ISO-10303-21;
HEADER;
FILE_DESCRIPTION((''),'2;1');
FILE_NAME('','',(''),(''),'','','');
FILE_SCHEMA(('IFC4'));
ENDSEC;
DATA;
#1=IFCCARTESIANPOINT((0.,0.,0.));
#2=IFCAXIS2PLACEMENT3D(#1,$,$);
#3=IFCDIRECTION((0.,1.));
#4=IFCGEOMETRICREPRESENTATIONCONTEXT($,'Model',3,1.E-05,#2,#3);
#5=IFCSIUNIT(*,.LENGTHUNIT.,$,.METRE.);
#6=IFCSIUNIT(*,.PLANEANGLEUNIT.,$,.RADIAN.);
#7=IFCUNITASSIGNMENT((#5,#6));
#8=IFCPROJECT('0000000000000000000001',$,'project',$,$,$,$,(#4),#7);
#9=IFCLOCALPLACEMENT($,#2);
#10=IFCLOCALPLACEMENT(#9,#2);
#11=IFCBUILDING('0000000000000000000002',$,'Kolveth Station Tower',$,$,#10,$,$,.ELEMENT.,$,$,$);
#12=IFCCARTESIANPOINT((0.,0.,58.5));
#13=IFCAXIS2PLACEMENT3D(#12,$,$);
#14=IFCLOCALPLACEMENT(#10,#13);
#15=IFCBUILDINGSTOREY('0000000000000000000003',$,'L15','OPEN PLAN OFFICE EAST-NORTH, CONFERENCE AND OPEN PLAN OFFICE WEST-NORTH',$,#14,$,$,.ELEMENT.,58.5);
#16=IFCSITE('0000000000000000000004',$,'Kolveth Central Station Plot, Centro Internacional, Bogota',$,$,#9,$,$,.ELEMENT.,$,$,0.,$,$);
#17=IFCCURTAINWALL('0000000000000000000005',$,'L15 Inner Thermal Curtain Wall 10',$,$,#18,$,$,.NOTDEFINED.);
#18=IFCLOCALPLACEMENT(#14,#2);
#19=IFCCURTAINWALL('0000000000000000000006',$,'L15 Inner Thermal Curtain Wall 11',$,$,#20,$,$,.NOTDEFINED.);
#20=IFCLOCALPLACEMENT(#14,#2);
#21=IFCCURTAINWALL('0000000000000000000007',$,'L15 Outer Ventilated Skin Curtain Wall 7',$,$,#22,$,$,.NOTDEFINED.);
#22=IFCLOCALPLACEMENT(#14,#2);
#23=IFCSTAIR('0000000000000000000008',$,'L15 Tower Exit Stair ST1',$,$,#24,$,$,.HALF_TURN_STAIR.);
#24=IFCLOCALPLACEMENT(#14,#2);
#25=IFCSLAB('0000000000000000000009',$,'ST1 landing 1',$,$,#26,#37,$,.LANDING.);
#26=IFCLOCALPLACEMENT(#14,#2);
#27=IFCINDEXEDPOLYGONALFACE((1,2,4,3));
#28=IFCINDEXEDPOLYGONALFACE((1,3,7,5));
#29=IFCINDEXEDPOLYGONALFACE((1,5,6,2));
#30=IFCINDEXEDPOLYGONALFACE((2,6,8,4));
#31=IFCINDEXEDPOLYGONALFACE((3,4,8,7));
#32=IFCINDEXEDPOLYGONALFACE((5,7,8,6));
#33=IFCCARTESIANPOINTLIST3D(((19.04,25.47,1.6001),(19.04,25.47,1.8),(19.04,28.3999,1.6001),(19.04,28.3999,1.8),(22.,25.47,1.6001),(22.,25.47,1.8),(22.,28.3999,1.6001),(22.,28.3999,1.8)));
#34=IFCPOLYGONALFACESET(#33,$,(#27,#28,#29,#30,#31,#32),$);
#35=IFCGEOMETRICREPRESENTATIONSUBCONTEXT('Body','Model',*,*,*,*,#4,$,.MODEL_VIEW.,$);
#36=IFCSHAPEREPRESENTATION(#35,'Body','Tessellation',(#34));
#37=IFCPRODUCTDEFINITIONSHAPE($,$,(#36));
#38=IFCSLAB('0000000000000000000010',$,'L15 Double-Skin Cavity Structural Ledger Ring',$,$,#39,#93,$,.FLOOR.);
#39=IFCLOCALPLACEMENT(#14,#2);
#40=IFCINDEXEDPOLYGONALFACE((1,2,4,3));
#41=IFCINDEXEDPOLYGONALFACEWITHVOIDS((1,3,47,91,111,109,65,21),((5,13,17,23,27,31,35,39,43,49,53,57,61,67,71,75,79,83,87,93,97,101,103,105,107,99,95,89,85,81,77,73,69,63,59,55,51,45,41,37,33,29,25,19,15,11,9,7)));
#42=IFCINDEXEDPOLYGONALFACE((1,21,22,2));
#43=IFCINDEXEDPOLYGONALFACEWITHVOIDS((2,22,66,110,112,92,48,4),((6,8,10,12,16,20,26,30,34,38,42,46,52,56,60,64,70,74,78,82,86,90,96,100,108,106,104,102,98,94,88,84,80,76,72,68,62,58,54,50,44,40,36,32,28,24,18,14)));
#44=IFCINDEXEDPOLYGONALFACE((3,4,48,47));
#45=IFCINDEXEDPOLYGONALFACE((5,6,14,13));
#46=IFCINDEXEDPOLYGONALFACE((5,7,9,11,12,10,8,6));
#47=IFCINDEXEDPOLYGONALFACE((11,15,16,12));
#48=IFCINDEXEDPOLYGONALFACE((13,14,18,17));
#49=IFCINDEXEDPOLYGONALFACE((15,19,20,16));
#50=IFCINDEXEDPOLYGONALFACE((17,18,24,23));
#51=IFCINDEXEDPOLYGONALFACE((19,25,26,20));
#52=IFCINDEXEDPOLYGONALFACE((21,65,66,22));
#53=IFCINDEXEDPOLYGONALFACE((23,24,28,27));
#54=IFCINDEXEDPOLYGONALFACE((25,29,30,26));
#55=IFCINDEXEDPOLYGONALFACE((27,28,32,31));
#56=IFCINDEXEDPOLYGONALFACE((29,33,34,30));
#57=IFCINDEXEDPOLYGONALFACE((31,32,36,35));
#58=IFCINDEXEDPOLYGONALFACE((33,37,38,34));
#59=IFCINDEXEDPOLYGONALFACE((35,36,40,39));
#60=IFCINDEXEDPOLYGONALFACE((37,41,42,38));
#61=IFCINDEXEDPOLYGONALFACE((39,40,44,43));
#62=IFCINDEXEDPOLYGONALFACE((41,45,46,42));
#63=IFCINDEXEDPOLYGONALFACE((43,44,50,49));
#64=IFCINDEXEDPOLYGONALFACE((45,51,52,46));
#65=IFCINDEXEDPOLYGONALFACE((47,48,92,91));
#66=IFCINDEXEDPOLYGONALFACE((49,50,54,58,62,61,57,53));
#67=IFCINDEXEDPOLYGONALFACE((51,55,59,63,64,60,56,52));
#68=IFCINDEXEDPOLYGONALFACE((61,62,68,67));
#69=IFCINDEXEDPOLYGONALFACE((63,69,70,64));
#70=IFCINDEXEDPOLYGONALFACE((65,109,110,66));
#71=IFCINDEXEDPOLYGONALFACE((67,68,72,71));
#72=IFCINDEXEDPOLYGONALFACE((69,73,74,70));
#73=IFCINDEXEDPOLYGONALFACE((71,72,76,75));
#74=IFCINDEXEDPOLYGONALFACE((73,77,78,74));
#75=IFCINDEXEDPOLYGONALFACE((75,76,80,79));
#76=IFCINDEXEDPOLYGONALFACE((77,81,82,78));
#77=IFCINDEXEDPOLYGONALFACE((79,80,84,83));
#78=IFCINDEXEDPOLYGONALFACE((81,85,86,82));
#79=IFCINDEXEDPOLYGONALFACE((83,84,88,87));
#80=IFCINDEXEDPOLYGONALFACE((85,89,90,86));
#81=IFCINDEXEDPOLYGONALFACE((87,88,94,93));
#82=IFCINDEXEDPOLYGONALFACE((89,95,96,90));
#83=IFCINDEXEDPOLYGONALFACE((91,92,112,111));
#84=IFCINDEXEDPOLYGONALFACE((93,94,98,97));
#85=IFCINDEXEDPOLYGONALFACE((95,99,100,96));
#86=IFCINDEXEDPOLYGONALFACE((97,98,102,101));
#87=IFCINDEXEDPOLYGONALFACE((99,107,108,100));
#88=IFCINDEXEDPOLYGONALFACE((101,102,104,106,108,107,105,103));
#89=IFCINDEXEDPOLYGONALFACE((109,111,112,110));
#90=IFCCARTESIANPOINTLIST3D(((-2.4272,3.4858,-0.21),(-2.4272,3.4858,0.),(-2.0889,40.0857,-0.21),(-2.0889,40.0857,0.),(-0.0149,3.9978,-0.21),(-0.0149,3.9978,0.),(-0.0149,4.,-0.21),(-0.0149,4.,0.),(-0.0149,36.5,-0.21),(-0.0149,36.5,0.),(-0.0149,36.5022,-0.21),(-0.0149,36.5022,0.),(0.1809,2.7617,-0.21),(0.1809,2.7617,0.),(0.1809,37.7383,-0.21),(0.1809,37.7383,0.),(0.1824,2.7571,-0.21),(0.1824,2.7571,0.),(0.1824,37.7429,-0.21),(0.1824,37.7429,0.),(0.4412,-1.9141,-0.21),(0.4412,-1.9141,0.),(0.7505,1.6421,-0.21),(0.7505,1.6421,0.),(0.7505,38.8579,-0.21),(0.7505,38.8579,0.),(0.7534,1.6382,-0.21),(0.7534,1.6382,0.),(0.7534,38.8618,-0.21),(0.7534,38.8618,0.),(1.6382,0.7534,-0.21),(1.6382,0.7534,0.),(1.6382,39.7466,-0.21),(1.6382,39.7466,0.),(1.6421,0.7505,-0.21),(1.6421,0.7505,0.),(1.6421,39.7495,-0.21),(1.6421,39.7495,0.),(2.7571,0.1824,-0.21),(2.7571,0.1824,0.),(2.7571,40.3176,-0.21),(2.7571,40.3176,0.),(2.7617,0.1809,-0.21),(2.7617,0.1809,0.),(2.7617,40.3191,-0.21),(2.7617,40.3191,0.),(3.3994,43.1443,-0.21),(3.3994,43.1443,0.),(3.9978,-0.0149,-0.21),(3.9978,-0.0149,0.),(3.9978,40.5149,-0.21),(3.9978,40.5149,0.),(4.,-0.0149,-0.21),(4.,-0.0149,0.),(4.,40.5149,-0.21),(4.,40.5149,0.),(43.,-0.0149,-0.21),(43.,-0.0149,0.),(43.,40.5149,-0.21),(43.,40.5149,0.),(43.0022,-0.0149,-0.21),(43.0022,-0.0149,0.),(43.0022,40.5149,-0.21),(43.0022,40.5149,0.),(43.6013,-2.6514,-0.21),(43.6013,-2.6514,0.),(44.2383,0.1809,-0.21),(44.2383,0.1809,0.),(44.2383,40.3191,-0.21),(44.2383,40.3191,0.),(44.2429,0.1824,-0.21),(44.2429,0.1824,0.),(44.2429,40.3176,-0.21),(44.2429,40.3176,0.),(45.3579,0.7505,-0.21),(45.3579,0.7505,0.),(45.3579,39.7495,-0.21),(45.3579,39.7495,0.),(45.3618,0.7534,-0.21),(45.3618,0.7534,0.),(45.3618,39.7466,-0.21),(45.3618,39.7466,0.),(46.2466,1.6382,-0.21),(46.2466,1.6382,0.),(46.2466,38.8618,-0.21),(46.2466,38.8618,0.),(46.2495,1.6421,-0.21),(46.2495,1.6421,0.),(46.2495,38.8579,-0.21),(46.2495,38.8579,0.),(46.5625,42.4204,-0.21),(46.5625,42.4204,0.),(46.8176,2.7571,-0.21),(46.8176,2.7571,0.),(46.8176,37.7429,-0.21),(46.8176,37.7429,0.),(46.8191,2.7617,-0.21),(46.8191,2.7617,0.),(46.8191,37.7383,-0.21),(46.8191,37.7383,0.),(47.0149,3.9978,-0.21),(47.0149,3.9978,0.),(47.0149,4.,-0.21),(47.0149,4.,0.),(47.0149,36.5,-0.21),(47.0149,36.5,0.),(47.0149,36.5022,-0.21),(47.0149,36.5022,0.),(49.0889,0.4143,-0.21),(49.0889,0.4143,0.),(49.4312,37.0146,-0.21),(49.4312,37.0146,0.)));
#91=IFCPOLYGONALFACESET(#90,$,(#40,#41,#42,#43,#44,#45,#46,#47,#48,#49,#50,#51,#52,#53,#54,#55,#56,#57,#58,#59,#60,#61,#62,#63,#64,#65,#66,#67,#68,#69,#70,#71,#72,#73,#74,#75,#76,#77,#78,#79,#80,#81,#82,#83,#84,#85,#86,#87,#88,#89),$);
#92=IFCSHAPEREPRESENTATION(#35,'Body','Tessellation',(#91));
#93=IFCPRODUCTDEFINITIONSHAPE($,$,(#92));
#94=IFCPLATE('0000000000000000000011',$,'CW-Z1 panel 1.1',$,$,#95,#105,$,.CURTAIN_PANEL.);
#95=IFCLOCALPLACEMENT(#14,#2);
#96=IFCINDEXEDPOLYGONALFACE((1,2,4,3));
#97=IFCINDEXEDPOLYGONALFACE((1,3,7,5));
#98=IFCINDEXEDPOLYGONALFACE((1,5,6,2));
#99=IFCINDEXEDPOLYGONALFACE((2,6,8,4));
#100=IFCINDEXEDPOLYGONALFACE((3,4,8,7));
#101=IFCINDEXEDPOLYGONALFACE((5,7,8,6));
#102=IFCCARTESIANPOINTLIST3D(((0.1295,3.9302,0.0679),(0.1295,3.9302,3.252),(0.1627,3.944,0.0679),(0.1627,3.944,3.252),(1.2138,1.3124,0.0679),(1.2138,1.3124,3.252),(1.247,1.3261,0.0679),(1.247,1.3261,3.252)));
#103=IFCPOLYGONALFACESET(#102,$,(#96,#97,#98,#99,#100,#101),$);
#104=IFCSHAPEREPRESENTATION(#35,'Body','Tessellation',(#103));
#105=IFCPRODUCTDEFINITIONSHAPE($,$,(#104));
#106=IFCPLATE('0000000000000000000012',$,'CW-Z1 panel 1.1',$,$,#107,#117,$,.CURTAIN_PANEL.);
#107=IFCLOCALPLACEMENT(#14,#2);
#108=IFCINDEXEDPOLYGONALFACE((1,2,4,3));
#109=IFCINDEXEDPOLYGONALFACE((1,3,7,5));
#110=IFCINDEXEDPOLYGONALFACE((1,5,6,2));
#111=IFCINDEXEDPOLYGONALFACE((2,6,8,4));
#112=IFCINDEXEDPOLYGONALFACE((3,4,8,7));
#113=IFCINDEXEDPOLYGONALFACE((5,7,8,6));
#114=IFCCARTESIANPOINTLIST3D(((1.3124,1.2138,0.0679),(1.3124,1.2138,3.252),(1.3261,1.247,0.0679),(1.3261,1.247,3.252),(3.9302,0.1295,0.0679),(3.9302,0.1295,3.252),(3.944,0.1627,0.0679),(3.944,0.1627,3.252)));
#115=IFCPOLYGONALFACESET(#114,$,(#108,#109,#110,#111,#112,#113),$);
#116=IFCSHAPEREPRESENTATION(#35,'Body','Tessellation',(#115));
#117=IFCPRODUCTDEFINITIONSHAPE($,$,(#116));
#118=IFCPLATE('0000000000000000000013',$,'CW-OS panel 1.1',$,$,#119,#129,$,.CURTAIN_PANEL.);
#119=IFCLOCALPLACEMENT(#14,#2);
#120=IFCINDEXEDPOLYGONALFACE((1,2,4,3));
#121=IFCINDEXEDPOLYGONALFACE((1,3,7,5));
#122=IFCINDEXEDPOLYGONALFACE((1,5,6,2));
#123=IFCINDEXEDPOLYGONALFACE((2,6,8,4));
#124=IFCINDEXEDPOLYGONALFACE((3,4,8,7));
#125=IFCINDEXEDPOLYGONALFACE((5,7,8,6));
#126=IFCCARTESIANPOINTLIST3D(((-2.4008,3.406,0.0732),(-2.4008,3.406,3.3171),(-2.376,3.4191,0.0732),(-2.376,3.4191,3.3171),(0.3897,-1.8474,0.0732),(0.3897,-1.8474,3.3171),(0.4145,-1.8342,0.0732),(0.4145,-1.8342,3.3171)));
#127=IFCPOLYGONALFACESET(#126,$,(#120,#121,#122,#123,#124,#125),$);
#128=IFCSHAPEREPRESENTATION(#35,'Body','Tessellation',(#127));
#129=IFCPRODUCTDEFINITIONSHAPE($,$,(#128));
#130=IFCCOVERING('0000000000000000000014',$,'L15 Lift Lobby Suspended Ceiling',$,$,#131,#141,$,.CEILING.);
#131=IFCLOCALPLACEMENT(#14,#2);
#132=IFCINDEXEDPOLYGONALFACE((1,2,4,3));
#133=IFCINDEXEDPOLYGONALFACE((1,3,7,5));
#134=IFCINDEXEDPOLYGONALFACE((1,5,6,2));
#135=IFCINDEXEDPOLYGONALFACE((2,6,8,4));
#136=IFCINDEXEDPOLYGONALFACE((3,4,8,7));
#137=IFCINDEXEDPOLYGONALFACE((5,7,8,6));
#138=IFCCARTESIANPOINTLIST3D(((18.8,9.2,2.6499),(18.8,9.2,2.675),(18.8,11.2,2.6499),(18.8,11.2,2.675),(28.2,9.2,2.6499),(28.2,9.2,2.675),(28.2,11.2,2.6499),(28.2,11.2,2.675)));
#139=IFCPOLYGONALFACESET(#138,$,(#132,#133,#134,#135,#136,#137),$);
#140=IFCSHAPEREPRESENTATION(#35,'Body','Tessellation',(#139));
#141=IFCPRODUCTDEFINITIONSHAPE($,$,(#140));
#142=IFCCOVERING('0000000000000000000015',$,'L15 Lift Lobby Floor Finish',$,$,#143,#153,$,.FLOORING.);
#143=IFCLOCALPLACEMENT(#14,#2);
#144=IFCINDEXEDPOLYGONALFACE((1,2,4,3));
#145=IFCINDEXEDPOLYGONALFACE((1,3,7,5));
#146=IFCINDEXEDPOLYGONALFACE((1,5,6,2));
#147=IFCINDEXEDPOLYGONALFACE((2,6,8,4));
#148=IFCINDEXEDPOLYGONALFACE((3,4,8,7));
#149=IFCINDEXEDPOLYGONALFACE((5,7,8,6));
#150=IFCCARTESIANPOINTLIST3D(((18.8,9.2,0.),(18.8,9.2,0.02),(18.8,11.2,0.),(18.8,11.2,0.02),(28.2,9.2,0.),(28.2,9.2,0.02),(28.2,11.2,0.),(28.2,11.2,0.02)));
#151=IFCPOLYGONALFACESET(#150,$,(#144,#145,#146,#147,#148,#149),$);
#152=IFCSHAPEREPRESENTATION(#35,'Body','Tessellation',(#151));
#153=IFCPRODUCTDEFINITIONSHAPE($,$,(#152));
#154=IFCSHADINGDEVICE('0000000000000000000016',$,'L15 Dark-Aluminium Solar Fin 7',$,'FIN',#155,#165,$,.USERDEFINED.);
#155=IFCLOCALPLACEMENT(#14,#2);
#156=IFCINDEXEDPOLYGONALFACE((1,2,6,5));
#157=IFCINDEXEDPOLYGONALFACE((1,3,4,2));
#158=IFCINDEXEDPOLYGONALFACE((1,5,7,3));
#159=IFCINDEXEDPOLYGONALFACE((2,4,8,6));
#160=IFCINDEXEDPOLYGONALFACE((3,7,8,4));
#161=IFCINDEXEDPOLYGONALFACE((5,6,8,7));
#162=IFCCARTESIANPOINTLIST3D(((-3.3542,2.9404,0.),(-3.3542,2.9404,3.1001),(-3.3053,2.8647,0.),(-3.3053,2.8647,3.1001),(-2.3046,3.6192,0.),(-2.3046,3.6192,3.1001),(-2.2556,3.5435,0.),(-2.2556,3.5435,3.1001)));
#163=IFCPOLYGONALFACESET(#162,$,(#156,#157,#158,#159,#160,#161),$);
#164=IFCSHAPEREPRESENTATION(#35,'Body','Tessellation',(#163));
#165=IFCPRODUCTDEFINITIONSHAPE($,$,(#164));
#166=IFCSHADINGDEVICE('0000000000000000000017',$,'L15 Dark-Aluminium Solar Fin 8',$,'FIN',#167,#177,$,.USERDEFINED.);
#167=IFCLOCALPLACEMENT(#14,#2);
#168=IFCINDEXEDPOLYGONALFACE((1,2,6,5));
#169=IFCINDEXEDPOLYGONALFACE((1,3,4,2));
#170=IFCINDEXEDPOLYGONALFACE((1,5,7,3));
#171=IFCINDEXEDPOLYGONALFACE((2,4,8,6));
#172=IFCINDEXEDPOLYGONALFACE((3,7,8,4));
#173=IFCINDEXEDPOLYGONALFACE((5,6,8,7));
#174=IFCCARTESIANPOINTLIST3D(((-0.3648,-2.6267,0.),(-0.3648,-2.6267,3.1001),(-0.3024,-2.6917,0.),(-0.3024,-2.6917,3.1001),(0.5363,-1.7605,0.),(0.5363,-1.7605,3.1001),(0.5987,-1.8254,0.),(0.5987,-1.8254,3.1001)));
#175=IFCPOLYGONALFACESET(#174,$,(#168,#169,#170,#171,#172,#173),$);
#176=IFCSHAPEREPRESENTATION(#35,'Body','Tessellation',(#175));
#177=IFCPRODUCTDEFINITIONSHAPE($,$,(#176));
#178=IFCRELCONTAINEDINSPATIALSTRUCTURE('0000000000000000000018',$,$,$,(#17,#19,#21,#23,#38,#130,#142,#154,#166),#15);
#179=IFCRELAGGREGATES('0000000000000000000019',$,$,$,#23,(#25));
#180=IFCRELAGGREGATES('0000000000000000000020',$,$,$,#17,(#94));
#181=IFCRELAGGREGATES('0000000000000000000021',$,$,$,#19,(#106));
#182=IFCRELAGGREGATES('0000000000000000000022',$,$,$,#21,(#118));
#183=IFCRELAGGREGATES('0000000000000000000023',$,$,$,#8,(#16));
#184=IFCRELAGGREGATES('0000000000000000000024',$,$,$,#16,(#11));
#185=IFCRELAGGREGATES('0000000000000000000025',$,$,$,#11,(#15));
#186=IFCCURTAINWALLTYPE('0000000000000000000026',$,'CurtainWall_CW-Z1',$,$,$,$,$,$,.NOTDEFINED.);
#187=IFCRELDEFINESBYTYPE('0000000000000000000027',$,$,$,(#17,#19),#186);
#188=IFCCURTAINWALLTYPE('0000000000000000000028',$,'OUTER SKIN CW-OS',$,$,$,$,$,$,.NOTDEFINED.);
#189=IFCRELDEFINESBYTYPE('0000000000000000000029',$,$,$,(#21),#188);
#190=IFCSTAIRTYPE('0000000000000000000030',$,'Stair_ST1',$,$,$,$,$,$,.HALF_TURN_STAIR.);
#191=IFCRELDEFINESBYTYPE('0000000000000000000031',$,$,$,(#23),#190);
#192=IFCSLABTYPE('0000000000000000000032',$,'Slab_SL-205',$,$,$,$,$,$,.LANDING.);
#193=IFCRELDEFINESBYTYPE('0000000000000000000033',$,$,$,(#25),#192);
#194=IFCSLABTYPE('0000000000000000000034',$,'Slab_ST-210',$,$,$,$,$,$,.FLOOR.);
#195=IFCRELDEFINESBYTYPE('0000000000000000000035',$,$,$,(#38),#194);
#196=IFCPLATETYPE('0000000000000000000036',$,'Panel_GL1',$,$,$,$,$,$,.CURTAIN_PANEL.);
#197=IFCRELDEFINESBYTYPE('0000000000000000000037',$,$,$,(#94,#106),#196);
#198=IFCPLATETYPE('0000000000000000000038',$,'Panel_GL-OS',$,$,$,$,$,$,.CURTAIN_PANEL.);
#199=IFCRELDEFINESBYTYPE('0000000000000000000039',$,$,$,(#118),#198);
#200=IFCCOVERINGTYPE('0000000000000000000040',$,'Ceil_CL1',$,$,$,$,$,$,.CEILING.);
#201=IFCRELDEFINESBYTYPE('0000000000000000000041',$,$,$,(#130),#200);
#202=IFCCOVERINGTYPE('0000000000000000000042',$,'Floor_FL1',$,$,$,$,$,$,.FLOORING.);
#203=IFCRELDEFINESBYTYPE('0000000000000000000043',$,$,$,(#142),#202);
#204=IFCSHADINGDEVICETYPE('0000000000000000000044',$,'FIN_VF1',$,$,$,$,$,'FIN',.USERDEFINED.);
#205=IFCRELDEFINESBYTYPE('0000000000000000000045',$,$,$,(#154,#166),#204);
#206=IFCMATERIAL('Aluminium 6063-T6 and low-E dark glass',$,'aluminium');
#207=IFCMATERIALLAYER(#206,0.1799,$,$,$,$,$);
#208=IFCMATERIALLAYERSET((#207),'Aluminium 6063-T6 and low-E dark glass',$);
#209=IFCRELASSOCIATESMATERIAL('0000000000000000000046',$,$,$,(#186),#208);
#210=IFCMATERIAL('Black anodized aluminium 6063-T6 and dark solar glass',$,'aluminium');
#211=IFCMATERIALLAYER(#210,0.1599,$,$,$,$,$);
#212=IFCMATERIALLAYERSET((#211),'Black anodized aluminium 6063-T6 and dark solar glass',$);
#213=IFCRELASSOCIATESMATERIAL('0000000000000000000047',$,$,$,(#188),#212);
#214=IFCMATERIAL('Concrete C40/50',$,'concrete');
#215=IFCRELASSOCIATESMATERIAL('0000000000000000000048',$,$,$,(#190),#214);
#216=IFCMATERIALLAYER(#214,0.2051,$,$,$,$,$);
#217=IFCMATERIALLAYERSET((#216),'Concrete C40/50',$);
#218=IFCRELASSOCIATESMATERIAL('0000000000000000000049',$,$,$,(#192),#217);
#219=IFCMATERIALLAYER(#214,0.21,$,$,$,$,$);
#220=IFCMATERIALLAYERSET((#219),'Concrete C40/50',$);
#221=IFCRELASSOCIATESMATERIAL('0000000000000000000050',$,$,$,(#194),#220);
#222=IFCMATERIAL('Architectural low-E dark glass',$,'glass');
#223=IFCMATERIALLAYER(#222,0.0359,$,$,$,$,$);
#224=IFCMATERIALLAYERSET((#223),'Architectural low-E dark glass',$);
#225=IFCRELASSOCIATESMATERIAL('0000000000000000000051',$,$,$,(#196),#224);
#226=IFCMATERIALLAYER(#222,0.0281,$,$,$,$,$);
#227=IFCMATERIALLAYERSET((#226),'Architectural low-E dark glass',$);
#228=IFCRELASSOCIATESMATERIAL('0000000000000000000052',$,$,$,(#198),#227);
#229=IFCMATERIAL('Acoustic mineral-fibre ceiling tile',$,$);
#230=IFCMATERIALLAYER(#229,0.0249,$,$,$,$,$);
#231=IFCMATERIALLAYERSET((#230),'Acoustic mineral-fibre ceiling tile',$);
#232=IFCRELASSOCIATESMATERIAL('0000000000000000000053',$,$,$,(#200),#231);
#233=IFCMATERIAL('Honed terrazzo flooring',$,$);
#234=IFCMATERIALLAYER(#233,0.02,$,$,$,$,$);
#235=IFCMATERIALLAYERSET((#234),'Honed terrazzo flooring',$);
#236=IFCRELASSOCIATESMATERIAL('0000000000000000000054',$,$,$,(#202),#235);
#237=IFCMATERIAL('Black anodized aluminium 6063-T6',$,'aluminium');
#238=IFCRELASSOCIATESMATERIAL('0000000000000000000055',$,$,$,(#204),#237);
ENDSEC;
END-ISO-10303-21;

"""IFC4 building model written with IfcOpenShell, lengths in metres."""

from ifc_helpers import new_model, si_unit, direction, frame, origin, origin_2d, place, context, subcontext, project, spatial, polyline, rectangle, outline, extrude, source, transform, mapped, material, layer, layer_set, type_object, element, aggregate, save


model = new_model("IFC4")

# Units and contexts
model_context = context("Model", 3, precision=1e-05, world=origin(), true_north=direction((0.0, 1.0)))
body_context = subcontext(model_context, "Body", "Model", "MODEL_VIEW")
ifc_project = project(units=[si_unit("LENGTHUNIT", "METRE"), si_unit("PLANEANGLEUNIT", "RADIAN")], contexts=[model_context])

# Site, building, storey
site_placement = place(None, origin())
site = spatial("IfcSite", under=ifc_project, at=site_placement, Name="Kolveth Central Station Plot, Centro Internacional, Bogota", CompositionType="ELEMENT", RefElevation=0.0)
building_placement = place(site_placement, origin())
building = spatial("IfcBuilding", under=site, at=building_placement, Name="Kolveth Station Tower", CompositionType="ELEMENT")
storey_placement = place(building_placement, frame((0.0, 0.0, 58.5)))
storey = spatial("IfcBuildingStorey", under=building, at=storey_placement, Name="L15", Description="OPEN PLAN OFFICE EAST-NORTH, CONFERENCE AND OPEN PLAN OFFICE WEST-NORTH", CompositionType="ELEMENT", Elevation=58.5)

# Curtain wall
ifc_material_1 = material(Name="Aluminium 6063-T6 and low-E dark glass", Category="aluminium")
ifc_layer_1 = layer(ifc_material_1, 0.1799)
ifc_layer_set_1 = layer_set([ifc_layer_1], Name="Aluminium 6063-T6 and low-E dark glass")
curtain_wall_type_1 = type_object("IfcCurtainWallType", Name="CurtainWall_CW-Z1", PredefinedType="NOTDEFINED", material=ifc_layer_set_1)
curtain_wall_1_placement = place(storey_placement, origin())
curtain_wall_1 = element("IfcCurtainWall", 1, at=curtain_wall_1_placement, inside=storey, type_object=curtain_wall_type_1, Name="L15 Inner Thermal Curtain Wall 10", PredefinedType="NOTDEFINED")
ifc_material_2 = material(Name="Black anodized aluminium 6063-T6", Category="aluminium")

# Curtain wall
curtain_wall_2_placement = place(storey_placement, origin())
curtain_wall_2 = element("IfcCurtainWall", 2, at=curtain_wall_2_placement, inside=storey, type_object=curtain_wall_type_1, Name="L15 Inner Thermal Curtain Wall 11", PredefinedType="NOTDEFINED")

# Curtain wall
ifc_material_3 = material(Name="Black anodized aluminium 6063-T6 and dark solar glass", Category="aluminium")
ifc_layer_2 = layer(ifc_material_3, 0.1599)
ifc_layer_set_2 = layer_set([ifc_layer_2], Name="Black anodized aluminium 6063-T6 and dark solar glass")
curtain_wall_type_2 = type_object("IfcCurtainWallType", Name="OUTER SKIN CW-OS", PredefinedType="NOTDEFINED", material=ifc_layer_set_2)
curtain_wall_3_placement = place(storey_placement, origin())
curtain_wall_3 = element("IfcCurtainWall", 3, at=curtain_wall_3_placement, inside=storey, type_object=curtain_wall_type_2, Name="L15 Outer Ventilated Skin Curtain Wall 7", PredefinedType="NOTDEFINED")

# Stair, slab
ifc_material_4 = material(Name="Concrete C40/50", Category="concrete")
stair_type_1 = type_object("IfcStairType", Name="Stair_ST1", PredefinedType="HALF_TURN_STAIR", material=ifc_material_4)
stair_1_placement = place(storey_placement, origin())
stair_1 = element("IfcStair", 4, at=stair_1_placement, inside=storey, type_object=stair_type_1, Name="L15 Tower Exit Stair ST1", PredefinedType="HALF_TURN_STAIR")
ifc_layer_3 = layer(ifc_material_4, 0.2051)
ifc_layer_set_3 = layer_set([ifc_layer_3], Name="Concrete C40/50")
slab_type_1 = type_object("IfcSlabType", Name="Slab_SL-205", PredefinedType="LANDING", material=ifc_layer_set_3)
slab_1_placement = place(storey_placement, frame((0.0, 0.0, 1.6001)))
slab_1 = element("IfcSlab", 5, at=slab_1_placement, type_object=slab_type_1, Name="ST1 landing 1", PredefinedType="LANDING", context=body_context, shape_type="SweptSolid", body=[
    extrude(outline(polyline([(22.0, 25.47), (22.0, 28.3999), (19.04, 28.3999), (19.04, 25.47), (22.0, 25.47)])), origin(), (0.0, 0.0, 1.0), 0.2),
])
aggregate(stair_1, [slab_1])

# Slab
ifc_layer_4 = layer(ifc_material_4, 0.21)
ifc_layer_set_4 = layer_set([ifc_layer_4], Name="Concrete C40/50")
slab_type_2 = type_object("IfcSlabType", Name="Slab_ST-210", PredefinedType="FLOOR", material=ifc_layer_set_4)
slab_2_placement = place(storey_placement, frame((0.0, 0.0, -0.21)))
element("IfcSlab", 6, at=slab_2_placement, inside=storey, type_object=slab_type_2, Name="L15 Double-Skin Cavity Structural Ledger Ring", PredefinedType="FLOOR", context=body_context, shape_type="SweptSolid", body=[
    extrude(outline(polyline([(0.4412, -1.9141), (-2.4272, 3.4858), (-2.0889, 40.0857), (3.3994, 43.1443), (46.5625, 42.4204), (49.4312, 37.0146), (49.0889, 0.4143), (43.6013, -2.6514), (0.4412, -1.9141)]), holes=[polyline([(43.0022, -0.0149), (44.2383, 0.1809), (44.2429, 0.1824), (45.3579, 0.7505), (45.3618, 0.7534), (46.2466, 1.6382), (46.2495, 1.6421), (46.8176, 2.7571), (46.8191, 2.7617), (47.0149, 3.9978), (47.0149, 4.0), (47.0149, 36.5), (47.0149, 36.5022), (46.8191, 37.7383), (46.8176, 37.7429), (46.2495, 38.8579), (46.2466, 38.8618), (45.3618, 39.7466), (45.3579, 39.7495), (44.2429, 40.3176), (44.2383, 40.3191), (43.0022, 40.5149), (43.0, 40.5149), (4.0, 40.5149), (3.9978, 40.5149), (2.7617, 40.3191), (2.7571, 40.3176), (1.6421, 39.7495), (1.6382, 39.7466), (0.7534, 38.8618), (0.7505, 38.8579), (0.1824, 37.7429), (0.1809, 37.7383), (-0.0149, 36.5022), (-0.0149, 36.5), (-0.0149, 4.0), (-0.0149, 3.9978), (0.1809, 2.7617), (0.1824, 2.7571), (0.7505, 1.6421), (0.7534, 1.6382), (1.6382, 0.7534), (1.6421, 0.7505), (2.7571, 0.1824), (2.7617, 0.1809), (3.9978, -0.0149), (4.0, -0.0149), (43.0, -0.0149), (43.0022, -0.0149)])]), origin(), (0.0, 0.0, 1.0), 0.21),
])

# Plates
ifc_material_5 = material(Name="Architectural low-E dark glass", Category="glass")
ifc_layer_5 = layer(ifc_material_5, 0.0359)
ifc_layer_set_5 = layer_set([ifc_layer_5], Name="Architectural low-E dark glass")
plate_type_1 = type_object("IfcPlateType", Name="Panel_GL1", PredefinedType="CURTAIN_PANEL", material=ifc_layer_set_5)
shared_shape_1 = source(origin(), body_context, "Body", "SweptSolid", [
    extrude(rectangle(XDim=2.8335, YDim=0.0359, at=origin_2d()), origin(), (0.0, 0.0, 1.0), 3.1841),
])
plate_1_placement = place(storey_placement, frame((0.6882, 2.6282, 0.0679), z_axis=(0.0, 0.0, 1.0), x_axis=(0.382673, -0.923884, 0.0)))
plate_1 = element("IfcPlate", 7, at=plate_1_placement, type_object=plate_type_1, Name="CW-Z1 panel 1.1", PredefinedType="CURTAIN_PANEL", context=body_context, shape_type="MappedRepresentation", body=[
    mapped(shared_shape_1, transform((0.0, 0.0, 0.0), x_axis=(1.0, 0.0, 0.0), y_axis=(0.0, 1.0, 0.0), z_axis=(0.0, 0.0, 1.0), scale=1.0)),
])
aggregate(curtain_wall_1, [plate_1])
plate_2_placement = place(storey_placement, frame((2.6282, 0.6882, 0.0679), z_axis=(0.0, 0.0, 1.0), x_axis=(0.923884, -0.382673, 0.0)))
plate_2 = element("IfcPlate", 8, at=plate_2_placement, type_object=plate_type_1, Name="CW-Z1 panel 1.1", PredefinedType="CURTAIN_PANEL", context=body_context, shape_type="MappedRepresentation", body=[
    mapped(shared_shape_1, transform((0.0, 0.0, 0.0), x_axis=(1.0, 0.0, 0.0), y_axis=(0.0, 1.0, 0.0), z_axis=(0.0, 0.0, 1.0), scale=1.0)),
])
aggregate(curtain_wall_2, [plate_2])
ifc_layer_6 = layer(ifc_material_5, 0.0281)
ifc_layer_set_6 = layer_set([ifc_layer_6], Name="Architectural low-E dark glass")
plate_type_2 = type_object("IfcPlateType", Name="Panel_GL-OS", PredefinedType="CURTAIN_PANEL", material=ifc_layer_set_6)
shared_shape_2 = source(origin(), body_context, "Body", "SweptSolid", [
    extrude(rectangle(XDim=5.9485, YDim=0.0281, at=origin_2d()), origin(), (0.0, 0.0, 1.0), 3.2439),
])
plate_3_placement = place(storey_placement, frame((-0.9932, 0.7859, 0.0732), z_axis=(0.0, 0.0, 1.0), x_axis=(0.469111, -0.883139, 0.0)))
plate_3 = element("IfcPlate", 9, at=plate_3_placement, type_object=plate_type_2, Name="CW-OS panel 1.1", PredefinedType="CURTAIN_PANEL", context=body_context, shape_type="MappedRepresentation", body=[
    mapped(shared_shape_2, transform((0.0, 0.0, 0.0), x_axis=(1.0, 0.0, 0.0), y_axis=(0.0, 1.0, 0.0), z_axis=(0.0, 0.0, 1.0), scale=1.0)),
])
aggregate(curtain_wall_3, [plate_3])

# Coverings
ifc_material_6 = material(Name="Acoustic mineral-fibre ceiling tile")
ifc_layer_7 = layer(ifc_material_6, 0.0249)
ifc_layer_set_7 = layer_set([ifc_layer_7], Name="Acoustic mineral-fibre ceiling tile")
covering_type_1 = type_object("IfcCoveringType", Name="Ceil_CL1", PredefinedType="CEILING", material=ifc_layer_set_7)
covering_1_placement = place(storey_placement, frame((0.0, 0.0, 2.6499)))
element("IfcCovering", 10, at=covering_1_placement, inside=storey, type_object=covering_type_1, Name="L15 Lift Lobby Suspended Ceiling", PredefinedType="CEILING", context=body_context, shape_type="SweptSolid", body=[
    extrude(outline(polyline([(18.8, 9.2), (28.2, 9.2), (28.2, 11.2), (18.8, 11.2), (18.8, 9.2)])), origin(), (0.0, 0.0, 1.0), 0.0251),
])
ifc_material_7 = material(Name="Honed terrazzo flooring")
ifc_layer_8 = layer(ifc_material_7, 0.02)
ifc_layer_set_8 = layer_set([ifc_layer_8], Name="Honed terrazzo flooring")
covering_type_2 = type_object("IfcCoveringType", Name="Floor_FL1", PredefinedType="FLOORING", material=ifc_layer_set_8)
covering_2_placement = place(storey_placement, origin())
element("IfcCovering", 11, at=covering_2_placement, inside=storey, type_object=covering_type_2, Name="L15 Lift Lobby Floor Finish", PredefinedType="FLOORING", context=body_context, shape_type="SweptSolid", body=[
    extrude(outline(polyline([(18.8, 9.2), (28.2, 9.2), (28.2, 11.2), (18.8, 11.2), (18.8, 9.2)])), origin(), (0.0, 0.0, 1.0), 0.02),
])

# Shading devices
shading_device_type = type_object("IfcShadingDeviceType", Name="FIN_VF1", ElementType="FIN", PredefinedType="USERDEFINED", material=ifc_material_2)
shared_shape_3 = source(origin(), body_context, "Body", "SweptSolid", [
    extrude(rectangle(XDim=1.25, YDim=0.0901, at=origin_2d()), origin(), (0.0, 0.0, 1.0), 3.1001),
])
for number, where, z_axis, x_axis, name in (
    (12, (-2.8049, 3.2419, 0.0), (0.0, 0.0, 1.0), (-0.839715, -0.543028, 0.0), "L15 Dark-Aluminium Solar Fin 7"),
    (13, (0.1169, -2.2261, 0.0), (0.0, 0.0, 1.0), (-0.720914, -0.693024, 0.0), "L15 Dark-Aluminium Solar Fin 8"),
):
    element("IfcShadingDevice", number, at=place(storey_placement, frame(where, z_axis=z_axis, x_axis=x_axis)), inside=storey, type_object=shading_device_type, Name=name, ObjectType="FIN", PredefinedType="USERDEFINED", context=body_context, shape_type="MappedRepresentation", body=[
        mapped(shared_shape_3, transform((0.0, 0.0, 0.0), x_axis=(1.0, 0.0, 0.0), y_axis=(0.0, 1.0, 0.0), z_axis=(0.0, 0.0, 1.0), scale=1.0)),
    ])

save(model, "model.ifc")
